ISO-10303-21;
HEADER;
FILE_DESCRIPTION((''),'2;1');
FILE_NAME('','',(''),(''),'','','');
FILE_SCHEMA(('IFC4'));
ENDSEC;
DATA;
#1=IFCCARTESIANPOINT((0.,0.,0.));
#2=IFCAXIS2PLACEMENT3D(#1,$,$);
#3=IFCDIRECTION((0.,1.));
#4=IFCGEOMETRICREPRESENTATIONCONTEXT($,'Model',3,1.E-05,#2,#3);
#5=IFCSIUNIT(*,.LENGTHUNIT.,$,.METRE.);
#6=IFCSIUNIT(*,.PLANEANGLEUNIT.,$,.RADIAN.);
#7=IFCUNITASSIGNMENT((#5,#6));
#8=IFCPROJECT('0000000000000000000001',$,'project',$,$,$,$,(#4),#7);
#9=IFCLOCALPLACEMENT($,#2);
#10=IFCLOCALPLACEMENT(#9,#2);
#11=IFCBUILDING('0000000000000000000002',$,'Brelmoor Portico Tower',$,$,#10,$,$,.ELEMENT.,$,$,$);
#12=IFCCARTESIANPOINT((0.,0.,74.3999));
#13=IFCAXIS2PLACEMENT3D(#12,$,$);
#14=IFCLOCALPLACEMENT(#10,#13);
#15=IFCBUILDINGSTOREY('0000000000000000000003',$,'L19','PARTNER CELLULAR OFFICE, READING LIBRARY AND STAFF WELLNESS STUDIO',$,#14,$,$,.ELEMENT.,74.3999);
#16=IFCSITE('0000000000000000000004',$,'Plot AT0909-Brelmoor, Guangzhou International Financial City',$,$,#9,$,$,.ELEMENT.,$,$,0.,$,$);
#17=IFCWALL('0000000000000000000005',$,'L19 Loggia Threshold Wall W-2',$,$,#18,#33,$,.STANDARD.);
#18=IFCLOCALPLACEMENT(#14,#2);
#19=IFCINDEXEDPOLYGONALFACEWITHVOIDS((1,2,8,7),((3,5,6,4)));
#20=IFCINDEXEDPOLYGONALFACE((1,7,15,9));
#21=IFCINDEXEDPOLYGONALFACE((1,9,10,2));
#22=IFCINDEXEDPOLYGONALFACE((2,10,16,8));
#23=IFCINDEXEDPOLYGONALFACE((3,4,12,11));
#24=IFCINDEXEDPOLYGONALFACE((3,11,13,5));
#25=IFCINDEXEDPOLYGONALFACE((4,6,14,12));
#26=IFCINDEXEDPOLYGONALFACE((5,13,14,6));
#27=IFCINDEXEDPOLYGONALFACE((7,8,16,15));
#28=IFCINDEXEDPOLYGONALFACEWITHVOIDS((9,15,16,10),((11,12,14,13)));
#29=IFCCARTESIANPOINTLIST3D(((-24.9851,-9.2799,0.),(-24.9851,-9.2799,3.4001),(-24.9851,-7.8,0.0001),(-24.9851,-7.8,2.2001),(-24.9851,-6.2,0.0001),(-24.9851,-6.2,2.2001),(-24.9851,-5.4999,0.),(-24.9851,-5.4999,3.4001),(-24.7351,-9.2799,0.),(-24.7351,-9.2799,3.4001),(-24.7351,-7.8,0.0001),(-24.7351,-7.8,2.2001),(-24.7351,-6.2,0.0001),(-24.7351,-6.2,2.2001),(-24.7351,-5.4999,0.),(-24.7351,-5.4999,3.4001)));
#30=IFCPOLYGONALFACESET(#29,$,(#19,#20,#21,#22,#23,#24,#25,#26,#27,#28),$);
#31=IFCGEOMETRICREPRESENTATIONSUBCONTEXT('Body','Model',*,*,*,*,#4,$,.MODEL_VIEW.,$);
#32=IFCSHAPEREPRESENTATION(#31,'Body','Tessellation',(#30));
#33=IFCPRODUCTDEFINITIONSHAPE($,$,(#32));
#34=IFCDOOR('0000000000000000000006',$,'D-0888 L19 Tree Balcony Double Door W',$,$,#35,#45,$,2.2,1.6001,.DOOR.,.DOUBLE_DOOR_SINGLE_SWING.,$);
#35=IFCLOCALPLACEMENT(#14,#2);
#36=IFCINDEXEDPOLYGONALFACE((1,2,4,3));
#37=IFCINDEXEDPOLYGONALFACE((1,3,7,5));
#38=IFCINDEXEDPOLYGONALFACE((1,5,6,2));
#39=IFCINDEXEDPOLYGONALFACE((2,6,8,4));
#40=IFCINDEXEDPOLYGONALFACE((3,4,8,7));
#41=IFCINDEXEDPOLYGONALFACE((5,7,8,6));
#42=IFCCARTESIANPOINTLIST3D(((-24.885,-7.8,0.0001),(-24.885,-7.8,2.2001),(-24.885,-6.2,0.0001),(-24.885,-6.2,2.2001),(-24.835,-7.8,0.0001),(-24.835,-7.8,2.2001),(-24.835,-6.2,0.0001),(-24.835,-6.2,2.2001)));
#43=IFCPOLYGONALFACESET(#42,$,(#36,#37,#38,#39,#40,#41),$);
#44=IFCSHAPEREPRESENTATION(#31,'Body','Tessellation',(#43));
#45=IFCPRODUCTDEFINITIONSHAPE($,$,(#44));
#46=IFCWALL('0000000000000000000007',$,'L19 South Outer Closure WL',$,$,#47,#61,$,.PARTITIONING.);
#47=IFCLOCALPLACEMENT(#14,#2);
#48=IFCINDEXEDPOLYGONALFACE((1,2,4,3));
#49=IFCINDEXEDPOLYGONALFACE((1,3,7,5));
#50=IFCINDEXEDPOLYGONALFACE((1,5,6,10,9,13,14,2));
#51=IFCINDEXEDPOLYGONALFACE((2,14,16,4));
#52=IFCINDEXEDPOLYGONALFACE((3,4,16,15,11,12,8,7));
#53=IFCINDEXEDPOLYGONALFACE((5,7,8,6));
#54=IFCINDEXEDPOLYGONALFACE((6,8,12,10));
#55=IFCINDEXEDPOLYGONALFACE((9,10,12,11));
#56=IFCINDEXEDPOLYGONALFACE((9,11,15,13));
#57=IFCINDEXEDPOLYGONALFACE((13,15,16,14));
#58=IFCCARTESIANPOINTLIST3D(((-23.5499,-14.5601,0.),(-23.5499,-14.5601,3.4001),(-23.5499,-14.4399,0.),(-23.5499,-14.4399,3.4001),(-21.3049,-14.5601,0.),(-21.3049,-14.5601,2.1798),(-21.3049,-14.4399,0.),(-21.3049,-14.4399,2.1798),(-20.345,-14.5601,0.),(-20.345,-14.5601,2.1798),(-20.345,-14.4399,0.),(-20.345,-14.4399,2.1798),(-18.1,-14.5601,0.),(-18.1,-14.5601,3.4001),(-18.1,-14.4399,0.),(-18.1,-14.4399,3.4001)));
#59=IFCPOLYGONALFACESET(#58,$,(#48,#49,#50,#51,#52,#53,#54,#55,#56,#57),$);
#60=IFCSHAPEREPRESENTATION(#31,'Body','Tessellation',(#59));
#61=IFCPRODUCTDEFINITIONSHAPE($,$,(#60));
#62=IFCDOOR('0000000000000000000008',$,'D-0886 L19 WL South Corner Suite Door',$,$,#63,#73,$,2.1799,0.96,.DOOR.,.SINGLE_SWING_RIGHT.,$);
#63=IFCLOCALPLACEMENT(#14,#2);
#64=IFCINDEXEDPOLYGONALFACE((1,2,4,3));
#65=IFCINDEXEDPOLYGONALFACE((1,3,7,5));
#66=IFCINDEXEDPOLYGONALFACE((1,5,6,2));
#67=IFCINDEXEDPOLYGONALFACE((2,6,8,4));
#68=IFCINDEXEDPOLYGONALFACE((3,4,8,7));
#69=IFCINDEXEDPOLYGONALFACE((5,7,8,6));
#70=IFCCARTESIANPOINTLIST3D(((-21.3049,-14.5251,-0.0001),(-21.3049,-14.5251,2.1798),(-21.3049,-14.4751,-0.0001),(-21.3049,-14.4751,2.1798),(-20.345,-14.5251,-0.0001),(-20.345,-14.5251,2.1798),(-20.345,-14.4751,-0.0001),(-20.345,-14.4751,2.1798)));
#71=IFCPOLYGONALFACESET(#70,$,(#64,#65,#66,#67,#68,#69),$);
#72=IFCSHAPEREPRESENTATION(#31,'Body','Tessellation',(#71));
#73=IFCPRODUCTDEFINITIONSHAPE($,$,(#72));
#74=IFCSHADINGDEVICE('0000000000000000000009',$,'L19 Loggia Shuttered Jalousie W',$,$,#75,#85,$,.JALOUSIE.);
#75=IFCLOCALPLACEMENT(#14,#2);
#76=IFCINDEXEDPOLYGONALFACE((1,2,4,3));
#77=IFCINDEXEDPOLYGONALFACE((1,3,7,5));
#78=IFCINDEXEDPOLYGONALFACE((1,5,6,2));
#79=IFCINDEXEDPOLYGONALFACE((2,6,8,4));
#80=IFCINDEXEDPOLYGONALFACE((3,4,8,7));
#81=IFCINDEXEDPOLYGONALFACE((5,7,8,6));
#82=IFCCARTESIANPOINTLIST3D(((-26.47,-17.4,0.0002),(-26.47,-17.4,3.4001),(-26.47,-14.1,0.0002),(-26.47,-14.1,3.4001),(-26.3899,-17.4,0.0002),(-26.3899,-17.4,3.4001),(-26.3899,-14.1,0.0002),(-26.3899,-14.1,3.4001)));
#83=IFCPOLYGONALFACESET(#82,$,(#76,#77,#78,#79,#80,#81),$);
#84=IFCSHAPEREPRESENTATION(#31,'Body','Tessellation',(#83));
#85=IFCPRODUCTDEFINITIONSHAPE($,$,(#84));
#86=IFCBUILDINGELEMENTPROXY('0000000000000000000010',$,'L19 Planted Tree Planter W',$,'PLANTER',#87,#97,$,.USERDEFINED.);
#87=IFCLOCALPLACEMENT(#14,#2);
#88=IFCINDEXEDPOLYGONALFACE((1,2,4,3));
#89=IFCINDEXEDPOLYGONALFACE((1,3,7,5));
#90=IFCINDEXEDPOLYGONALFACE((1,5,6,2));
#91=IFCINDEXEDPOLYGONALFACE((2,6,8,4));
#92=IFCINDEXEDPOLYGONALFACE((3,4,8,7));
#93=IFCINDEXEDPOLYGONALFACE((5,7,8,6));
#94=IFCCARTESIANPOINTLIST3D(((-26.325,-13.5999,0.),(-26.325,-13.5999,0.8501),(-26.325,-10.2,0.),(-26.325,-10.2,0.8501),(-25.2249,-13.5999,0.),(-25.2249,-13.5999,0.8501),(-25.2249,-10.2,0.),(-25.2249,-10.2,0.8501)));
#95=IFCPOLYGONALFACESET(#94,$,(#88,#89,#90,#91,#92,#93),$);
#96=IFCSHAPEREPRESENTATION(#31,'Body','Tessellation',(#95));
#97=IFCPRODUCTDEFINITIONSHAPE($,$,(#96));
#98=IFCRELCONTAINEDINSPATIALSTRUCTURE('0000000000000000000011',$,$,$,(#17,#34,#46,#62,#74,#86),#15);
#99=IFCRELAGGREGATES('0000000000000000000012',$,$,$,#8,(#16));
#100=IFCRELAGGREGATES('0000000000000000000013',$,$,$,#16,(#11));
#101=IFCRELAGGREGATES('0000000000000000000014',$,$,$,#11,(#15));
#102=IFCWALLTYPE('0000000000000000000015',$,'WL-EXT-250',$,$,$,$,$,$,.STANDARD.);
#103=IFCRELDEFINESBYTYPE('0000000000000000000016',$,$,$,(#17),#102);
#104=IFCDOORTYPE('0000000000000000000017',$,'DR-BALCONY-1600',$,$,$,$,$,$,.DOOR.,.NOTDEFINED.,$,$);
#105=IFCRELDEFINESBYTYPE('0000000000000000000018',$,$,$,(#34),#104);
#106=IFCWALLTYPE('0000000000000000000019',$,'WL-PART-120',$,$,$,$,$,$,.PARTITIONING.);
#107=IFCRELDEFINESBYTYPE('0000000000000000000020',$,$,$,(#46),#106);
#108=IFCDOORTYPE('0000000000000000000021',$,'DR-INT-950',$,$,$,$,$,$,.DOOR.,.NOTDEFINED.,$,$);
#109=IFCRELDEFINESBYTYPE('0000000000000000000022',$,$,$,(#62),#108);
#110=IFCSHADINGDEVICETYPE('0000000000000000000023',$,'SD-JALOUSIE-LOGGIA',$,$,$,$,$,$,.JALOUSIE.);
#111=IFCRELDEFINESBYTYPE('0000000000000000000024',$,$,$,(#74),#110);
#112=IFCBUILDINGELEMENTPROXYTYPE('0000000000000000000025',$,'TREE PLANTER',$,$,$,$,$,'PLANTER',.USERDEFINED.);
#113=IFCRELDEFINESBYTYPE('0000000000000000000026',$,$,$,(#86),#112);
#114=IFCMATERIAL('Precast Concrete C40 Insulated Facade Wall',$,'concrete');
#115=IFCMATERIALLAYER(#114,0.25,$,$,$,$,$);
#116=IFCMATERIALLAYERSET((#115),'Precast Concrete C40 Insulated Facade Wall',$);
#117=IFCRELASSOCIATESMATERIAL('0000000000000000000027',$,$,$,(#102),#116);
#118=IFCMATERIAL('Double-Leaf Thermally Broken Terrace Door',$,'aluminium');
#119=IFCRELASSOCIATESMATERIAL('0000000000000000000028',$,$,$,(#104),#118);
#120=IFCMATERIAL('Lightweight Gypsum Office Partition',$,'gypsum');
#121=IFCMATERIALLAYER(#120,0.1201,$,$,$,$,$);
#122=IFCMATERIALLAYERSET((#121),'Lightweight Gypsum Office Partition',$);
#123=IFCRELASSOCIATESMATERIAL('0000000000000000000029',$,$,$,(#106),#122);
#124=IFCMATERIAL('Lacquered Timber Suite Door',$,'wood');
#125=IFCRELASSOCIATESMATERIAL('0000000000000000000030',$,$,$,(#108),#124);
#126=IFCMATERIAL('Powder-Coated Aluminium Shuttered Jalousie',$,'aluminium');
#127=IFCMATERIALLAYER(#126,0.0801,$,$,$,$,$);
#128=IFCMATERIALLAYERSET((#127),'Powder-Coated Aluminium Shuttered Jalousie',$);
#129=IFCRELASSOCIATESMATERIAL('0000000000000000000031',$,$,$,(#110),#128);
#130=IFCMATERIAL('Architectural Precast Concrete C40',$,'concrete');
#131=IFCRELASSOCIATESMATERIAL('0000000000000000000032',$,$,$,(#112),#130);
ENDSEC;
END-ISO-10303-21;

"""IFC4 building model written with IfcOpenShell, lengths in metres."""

from ifc_helpers import new_model, si_unit, direction, frame, frame_2d, origin, origin_2d, place, context, subcontext, project, spatial, rectangle, extrude, material, layer, layer_set, type_object, element, fill, save


model = new_model("IFC4")

# Units and contexts
model_context = context("Model", 3, precision=1e-05, world=origin(), true_north=direction((0.0, 1.0)))
body_context = subcontext(model_context, "Body", "Model", "MODEL_VIEW")
ifc_project = project(units=[si_unit("LENGTHUNIT", "METRE"), si_unit("PLANEANGLEUNIT", "RADIAN")], contexts=[model_context])

# Site, building, storey
site_placement = place(None, origin())
site = spatial("IfcSite", under=ifc_project, at=site_placement, Name="Plot AT0909-Brelmoor, Guangzhou International Financial City", CompositionType="ELEMENT", RefElevation=0.0)
building_placement = place(site_placement, origin())
building = spatial("IfcBuilding", under=site, at=building_placement, Name="Brelmoor Portico Tower", CompositionType="ELEMENT")
storey_placement = place(building_placement, frame((0.0, 0.0, 74.3999)))
storey = spatial("IfcBuildingStorey", under=building, at=storey_placement, Name="L19", Description="PARTNER CELLULAR OFFICE, READING LIBRARY AND STAFF WELLNESS STUDIO", CompositionType="ELEMENT", Elevation=74.3999)

# Shared definitions
ifc_material_1 = material(Name="Precast Concrete C40 Insulated Facade Wall", Category="concrete")
ifc_layer_1 = layer(ifc_material_1, 0.25)
ifc_layer_set_1 = layer_set([ifc_layer_1], Name="Precast Concrete C40 Insulated Facade Wall")
wall_type_1 = type_object("IfcWallType", Name="WL-EXT-250", PredefinedType="STANDARD", material=ifc_layer_set_1)

# Walls, openings, doors
wall_1_placement = place(storey_placement, frame((-24.8601, -9.28, 0.0), z_axis=(0.0, 0.0, 1.0), x_axis=(0.0, 1.0, 0.0)))
wall_1 = element("IfcWall", 1, at=wall_1_placement, inside=storey, type_object=wall_type_1, Name="L19 Loggia Threshold Wall W-2", PredefinedType="STANDARD", context=body_context, shape_type="SweptSolid", body=[
    extrude(rectangle(XDim=3.78, YDim=0.25, at=frame_2d((1.8901, 0.0))), origin(), (0.0, 0.0, 1.0), 3.4001),
])
opening_1_placement = place(wall_1_placement, frame((1.48, 0.0, 0.0)))
opening_1 = element("IfcOpeningElement", 2, at=opening_1_placement, cuts=wall_1, PredefinedType="OPENING", context=body_context, shape_type="SweptSolid", body=[
    extrude(rectangle(XDim=1.6001, YDim=2.2, at=frame_2d((0.8, 1.1001))), frame((0.0, 0.135, 0.0), z_axis=(0.0, -1.0, 0.0), x_axis=(1.0, 0.0, 0.0)), (0.0, 0.0, 1.0), 0.27),
])
ifc_material_2 = material(Name="Double-Leaf Thermally Broken Terrace Door", Category="aluminium")
door_type_1 = type_object("IfcDoorType", Name="DR-BALCONY-1600", OperationType="NOTDEFINED", PredefinedType="DOOR", material=ifc_material_2)
door_1_placement = place(opening_1_placement, origin())
door_1 = element("IfcDoor", 3, at=door_1_placement, inside=storey, type_object=door_type_1, Name="D-0888 L19 Tree Balcony Double Door W", OperationType="DOUBLE_DOOR_SINGLE_SWING", OverallHeight=2.2, OverallWidth=1.6001, PredefinedType="DOOR", context=body_context, shape_type="SweptSolid", body=[
    extrude(rectangle(XDim=1.6001, YDim=2.2, at=frame_2d((0.8, 1.1001))), frame((0.0, 0.0249, 0.0), z_axis=(0.0, -1.0, 0.0), x_axis=(1.0, 0.0, 0.0)), (0.0, 0.0, 1.0), 0.05),
])
fill(opening_1, door_1)
ifc_material_3 = material(Name="Lightweight Gypsum Office Partition", Category="gypsum")
ifc_layer_2 = layer(ifc_material_3, 0.1201)
ifc_layer_set_2 = layer_set([ifc_layer_2], Name="Lightweight Gypsum Office Partition")
wall_type_2 = type_object("IfcWallType", Name="WL-PART-120", PredefinedType="PARTITIONING", material=ifc_layer_set_2)
wall_2_placement = place(storey_placement, frame((-23.55, -14.5, 0.0), z_axis=(0.0, 0.0, 1.0), x_axis=(1.0, 0.0, 0.0)))
wall_2 = element("IfcWall", 4, at=wall_2_placement, inside=storey, type_object=wall_type_2, Name="L19 South Outer Closure WL", PredefinedType="PARTITIONING", context=body_context, shape_type="SweptSolid", body=[
    extrude(rectangle(XDim=5.45, YDim=0.1201, at=frame_2d((2.7251, 0.0))), origin(), (0.0, 0.0, 1.0), 3.4001),
])
opening_2_placement = place(wall_2_placement, frame((2.2451, 0.0, 0.0)))
opening_2 = element("IfcOpeningElement", 5, at=opening_2_placement, cuts=wall_2, PredefinedType="OPENING", context=body_context, shape_type="SweptSolid", body=[
    extrude(rectangle(XDim=0.96, YDim=2.1799, at=frame_2d((0.48, 1.0898))), frame((0.0, 0.0701, 0.0), z_axis=(0.0, -1.0, 0.0), x_axis=(1.0, 0.0, 0.0)), (0.0, 0.0, 1.0), 0.1401),
])
ifc_material_4 = material(Name="Lacquered Timber Suite Door", Category="wood")
door_type_2 = type_object("IfcDoorType", Name="DR-INT-950", OperationType="NOTDEFINED", PredefinedType="DOOR", material=ifc_material_4)
door_2_placement = place(opening_2_placement, origin())
door_2 = element("IfcDoor", 6, at=door_2_placement, inside=storey, type_object=door_type_2, Name="D-0886 L19 WL South Corner Suite Door", OperationType="SINGLE_SWING_RIGHT", OverallHeight=2.1799, OverallWidth=0.96, PredefinedType="DOOR", context=body_context, shape_type="SweptSolid", body=[
    extrude(rectangle(XDim=0.96, YDim=2.1799, at=frame_2d((0.48, 1.0898))), frame((0.0, 0.0249, 0.0), z_axis=(0.0, -1.0, 0.0), x_axis=(1.0, 0.0, 0.0)), (0.0, 0.0, 1.0), 0.05),
])
fill(opening_2, door_2)

# Shading device
ifc_material_5 = material(Name="Powder-Coated Aluminium Shuttered Jalousie", Category="aluminium")
ifc_layer_3 = layer(ifc_material_5, 0.0801)
ifc_layer_set_3 = layer_set([ifc_layer_3], Name="Powder-Coated Aluminium Shuttered Jalousie")
shading_device_type = type_object("IfcShadingDeviceType", Name="SD-JALOUSIE-LOGGIA", PredefinedType="JALOUSIE", material=ifc_layer_set_3)
shading_device_placement = place(storey_placement, frame((-26.4299, -15.75, 0.0002), z_axis=(0.0, 0.0, 1.0), x_axis=(0.0, 1.0, 0.0)))
element("IfcShadingDevice", 7, at=shading_device_placement, inside=storey, type_object=shading_device_type, Name="L19 Loggia Shuttered Jalousie W", PredefinedType="JALOUSIE", context=body_context, shape_type="SweptSolid", body=[
    extrude(rectangle(XDim=3.3, YDim=0.0801, at=origin_2d()), origin(), (0.0, 0.0, 1.0), 3.3999),
])

# Building element proxy
ifc_material_6 = material(Name="Architectural Precast Concrete C40", Category="concrete")
building_element_proxy_type = type_object("IfcBuildingElementProxyType", Name="TREE PLANTER", ElementType="PLANTER", PredefinedType="USERDEFINED", material=ifc_material_6)
proxy_placement = place(storey_placement, frame((-25.7749, -11.8999, 0.0), z_axis=(0.0, 0.0, 1.0), x_axis=(0.0, 1.0, 0.0)))
element("IfcBuildingElementProxy", 8, at=proxy_placement, inside=storey, type_object=building_element_proxy_type, Name="L19 Planted Tree Planter W", ObjectType="PLANTER", PredefinedType="USERDEFINED", context=body_context, shape_type="SweptSolid", body=[
    extrude(rectangle(XDim=3.3999, YDim=1.1001, at=origin_2d()), origin(), (0.0, 0.0, 1.0), 0.8501),
])

save(model, "model.ifc")
